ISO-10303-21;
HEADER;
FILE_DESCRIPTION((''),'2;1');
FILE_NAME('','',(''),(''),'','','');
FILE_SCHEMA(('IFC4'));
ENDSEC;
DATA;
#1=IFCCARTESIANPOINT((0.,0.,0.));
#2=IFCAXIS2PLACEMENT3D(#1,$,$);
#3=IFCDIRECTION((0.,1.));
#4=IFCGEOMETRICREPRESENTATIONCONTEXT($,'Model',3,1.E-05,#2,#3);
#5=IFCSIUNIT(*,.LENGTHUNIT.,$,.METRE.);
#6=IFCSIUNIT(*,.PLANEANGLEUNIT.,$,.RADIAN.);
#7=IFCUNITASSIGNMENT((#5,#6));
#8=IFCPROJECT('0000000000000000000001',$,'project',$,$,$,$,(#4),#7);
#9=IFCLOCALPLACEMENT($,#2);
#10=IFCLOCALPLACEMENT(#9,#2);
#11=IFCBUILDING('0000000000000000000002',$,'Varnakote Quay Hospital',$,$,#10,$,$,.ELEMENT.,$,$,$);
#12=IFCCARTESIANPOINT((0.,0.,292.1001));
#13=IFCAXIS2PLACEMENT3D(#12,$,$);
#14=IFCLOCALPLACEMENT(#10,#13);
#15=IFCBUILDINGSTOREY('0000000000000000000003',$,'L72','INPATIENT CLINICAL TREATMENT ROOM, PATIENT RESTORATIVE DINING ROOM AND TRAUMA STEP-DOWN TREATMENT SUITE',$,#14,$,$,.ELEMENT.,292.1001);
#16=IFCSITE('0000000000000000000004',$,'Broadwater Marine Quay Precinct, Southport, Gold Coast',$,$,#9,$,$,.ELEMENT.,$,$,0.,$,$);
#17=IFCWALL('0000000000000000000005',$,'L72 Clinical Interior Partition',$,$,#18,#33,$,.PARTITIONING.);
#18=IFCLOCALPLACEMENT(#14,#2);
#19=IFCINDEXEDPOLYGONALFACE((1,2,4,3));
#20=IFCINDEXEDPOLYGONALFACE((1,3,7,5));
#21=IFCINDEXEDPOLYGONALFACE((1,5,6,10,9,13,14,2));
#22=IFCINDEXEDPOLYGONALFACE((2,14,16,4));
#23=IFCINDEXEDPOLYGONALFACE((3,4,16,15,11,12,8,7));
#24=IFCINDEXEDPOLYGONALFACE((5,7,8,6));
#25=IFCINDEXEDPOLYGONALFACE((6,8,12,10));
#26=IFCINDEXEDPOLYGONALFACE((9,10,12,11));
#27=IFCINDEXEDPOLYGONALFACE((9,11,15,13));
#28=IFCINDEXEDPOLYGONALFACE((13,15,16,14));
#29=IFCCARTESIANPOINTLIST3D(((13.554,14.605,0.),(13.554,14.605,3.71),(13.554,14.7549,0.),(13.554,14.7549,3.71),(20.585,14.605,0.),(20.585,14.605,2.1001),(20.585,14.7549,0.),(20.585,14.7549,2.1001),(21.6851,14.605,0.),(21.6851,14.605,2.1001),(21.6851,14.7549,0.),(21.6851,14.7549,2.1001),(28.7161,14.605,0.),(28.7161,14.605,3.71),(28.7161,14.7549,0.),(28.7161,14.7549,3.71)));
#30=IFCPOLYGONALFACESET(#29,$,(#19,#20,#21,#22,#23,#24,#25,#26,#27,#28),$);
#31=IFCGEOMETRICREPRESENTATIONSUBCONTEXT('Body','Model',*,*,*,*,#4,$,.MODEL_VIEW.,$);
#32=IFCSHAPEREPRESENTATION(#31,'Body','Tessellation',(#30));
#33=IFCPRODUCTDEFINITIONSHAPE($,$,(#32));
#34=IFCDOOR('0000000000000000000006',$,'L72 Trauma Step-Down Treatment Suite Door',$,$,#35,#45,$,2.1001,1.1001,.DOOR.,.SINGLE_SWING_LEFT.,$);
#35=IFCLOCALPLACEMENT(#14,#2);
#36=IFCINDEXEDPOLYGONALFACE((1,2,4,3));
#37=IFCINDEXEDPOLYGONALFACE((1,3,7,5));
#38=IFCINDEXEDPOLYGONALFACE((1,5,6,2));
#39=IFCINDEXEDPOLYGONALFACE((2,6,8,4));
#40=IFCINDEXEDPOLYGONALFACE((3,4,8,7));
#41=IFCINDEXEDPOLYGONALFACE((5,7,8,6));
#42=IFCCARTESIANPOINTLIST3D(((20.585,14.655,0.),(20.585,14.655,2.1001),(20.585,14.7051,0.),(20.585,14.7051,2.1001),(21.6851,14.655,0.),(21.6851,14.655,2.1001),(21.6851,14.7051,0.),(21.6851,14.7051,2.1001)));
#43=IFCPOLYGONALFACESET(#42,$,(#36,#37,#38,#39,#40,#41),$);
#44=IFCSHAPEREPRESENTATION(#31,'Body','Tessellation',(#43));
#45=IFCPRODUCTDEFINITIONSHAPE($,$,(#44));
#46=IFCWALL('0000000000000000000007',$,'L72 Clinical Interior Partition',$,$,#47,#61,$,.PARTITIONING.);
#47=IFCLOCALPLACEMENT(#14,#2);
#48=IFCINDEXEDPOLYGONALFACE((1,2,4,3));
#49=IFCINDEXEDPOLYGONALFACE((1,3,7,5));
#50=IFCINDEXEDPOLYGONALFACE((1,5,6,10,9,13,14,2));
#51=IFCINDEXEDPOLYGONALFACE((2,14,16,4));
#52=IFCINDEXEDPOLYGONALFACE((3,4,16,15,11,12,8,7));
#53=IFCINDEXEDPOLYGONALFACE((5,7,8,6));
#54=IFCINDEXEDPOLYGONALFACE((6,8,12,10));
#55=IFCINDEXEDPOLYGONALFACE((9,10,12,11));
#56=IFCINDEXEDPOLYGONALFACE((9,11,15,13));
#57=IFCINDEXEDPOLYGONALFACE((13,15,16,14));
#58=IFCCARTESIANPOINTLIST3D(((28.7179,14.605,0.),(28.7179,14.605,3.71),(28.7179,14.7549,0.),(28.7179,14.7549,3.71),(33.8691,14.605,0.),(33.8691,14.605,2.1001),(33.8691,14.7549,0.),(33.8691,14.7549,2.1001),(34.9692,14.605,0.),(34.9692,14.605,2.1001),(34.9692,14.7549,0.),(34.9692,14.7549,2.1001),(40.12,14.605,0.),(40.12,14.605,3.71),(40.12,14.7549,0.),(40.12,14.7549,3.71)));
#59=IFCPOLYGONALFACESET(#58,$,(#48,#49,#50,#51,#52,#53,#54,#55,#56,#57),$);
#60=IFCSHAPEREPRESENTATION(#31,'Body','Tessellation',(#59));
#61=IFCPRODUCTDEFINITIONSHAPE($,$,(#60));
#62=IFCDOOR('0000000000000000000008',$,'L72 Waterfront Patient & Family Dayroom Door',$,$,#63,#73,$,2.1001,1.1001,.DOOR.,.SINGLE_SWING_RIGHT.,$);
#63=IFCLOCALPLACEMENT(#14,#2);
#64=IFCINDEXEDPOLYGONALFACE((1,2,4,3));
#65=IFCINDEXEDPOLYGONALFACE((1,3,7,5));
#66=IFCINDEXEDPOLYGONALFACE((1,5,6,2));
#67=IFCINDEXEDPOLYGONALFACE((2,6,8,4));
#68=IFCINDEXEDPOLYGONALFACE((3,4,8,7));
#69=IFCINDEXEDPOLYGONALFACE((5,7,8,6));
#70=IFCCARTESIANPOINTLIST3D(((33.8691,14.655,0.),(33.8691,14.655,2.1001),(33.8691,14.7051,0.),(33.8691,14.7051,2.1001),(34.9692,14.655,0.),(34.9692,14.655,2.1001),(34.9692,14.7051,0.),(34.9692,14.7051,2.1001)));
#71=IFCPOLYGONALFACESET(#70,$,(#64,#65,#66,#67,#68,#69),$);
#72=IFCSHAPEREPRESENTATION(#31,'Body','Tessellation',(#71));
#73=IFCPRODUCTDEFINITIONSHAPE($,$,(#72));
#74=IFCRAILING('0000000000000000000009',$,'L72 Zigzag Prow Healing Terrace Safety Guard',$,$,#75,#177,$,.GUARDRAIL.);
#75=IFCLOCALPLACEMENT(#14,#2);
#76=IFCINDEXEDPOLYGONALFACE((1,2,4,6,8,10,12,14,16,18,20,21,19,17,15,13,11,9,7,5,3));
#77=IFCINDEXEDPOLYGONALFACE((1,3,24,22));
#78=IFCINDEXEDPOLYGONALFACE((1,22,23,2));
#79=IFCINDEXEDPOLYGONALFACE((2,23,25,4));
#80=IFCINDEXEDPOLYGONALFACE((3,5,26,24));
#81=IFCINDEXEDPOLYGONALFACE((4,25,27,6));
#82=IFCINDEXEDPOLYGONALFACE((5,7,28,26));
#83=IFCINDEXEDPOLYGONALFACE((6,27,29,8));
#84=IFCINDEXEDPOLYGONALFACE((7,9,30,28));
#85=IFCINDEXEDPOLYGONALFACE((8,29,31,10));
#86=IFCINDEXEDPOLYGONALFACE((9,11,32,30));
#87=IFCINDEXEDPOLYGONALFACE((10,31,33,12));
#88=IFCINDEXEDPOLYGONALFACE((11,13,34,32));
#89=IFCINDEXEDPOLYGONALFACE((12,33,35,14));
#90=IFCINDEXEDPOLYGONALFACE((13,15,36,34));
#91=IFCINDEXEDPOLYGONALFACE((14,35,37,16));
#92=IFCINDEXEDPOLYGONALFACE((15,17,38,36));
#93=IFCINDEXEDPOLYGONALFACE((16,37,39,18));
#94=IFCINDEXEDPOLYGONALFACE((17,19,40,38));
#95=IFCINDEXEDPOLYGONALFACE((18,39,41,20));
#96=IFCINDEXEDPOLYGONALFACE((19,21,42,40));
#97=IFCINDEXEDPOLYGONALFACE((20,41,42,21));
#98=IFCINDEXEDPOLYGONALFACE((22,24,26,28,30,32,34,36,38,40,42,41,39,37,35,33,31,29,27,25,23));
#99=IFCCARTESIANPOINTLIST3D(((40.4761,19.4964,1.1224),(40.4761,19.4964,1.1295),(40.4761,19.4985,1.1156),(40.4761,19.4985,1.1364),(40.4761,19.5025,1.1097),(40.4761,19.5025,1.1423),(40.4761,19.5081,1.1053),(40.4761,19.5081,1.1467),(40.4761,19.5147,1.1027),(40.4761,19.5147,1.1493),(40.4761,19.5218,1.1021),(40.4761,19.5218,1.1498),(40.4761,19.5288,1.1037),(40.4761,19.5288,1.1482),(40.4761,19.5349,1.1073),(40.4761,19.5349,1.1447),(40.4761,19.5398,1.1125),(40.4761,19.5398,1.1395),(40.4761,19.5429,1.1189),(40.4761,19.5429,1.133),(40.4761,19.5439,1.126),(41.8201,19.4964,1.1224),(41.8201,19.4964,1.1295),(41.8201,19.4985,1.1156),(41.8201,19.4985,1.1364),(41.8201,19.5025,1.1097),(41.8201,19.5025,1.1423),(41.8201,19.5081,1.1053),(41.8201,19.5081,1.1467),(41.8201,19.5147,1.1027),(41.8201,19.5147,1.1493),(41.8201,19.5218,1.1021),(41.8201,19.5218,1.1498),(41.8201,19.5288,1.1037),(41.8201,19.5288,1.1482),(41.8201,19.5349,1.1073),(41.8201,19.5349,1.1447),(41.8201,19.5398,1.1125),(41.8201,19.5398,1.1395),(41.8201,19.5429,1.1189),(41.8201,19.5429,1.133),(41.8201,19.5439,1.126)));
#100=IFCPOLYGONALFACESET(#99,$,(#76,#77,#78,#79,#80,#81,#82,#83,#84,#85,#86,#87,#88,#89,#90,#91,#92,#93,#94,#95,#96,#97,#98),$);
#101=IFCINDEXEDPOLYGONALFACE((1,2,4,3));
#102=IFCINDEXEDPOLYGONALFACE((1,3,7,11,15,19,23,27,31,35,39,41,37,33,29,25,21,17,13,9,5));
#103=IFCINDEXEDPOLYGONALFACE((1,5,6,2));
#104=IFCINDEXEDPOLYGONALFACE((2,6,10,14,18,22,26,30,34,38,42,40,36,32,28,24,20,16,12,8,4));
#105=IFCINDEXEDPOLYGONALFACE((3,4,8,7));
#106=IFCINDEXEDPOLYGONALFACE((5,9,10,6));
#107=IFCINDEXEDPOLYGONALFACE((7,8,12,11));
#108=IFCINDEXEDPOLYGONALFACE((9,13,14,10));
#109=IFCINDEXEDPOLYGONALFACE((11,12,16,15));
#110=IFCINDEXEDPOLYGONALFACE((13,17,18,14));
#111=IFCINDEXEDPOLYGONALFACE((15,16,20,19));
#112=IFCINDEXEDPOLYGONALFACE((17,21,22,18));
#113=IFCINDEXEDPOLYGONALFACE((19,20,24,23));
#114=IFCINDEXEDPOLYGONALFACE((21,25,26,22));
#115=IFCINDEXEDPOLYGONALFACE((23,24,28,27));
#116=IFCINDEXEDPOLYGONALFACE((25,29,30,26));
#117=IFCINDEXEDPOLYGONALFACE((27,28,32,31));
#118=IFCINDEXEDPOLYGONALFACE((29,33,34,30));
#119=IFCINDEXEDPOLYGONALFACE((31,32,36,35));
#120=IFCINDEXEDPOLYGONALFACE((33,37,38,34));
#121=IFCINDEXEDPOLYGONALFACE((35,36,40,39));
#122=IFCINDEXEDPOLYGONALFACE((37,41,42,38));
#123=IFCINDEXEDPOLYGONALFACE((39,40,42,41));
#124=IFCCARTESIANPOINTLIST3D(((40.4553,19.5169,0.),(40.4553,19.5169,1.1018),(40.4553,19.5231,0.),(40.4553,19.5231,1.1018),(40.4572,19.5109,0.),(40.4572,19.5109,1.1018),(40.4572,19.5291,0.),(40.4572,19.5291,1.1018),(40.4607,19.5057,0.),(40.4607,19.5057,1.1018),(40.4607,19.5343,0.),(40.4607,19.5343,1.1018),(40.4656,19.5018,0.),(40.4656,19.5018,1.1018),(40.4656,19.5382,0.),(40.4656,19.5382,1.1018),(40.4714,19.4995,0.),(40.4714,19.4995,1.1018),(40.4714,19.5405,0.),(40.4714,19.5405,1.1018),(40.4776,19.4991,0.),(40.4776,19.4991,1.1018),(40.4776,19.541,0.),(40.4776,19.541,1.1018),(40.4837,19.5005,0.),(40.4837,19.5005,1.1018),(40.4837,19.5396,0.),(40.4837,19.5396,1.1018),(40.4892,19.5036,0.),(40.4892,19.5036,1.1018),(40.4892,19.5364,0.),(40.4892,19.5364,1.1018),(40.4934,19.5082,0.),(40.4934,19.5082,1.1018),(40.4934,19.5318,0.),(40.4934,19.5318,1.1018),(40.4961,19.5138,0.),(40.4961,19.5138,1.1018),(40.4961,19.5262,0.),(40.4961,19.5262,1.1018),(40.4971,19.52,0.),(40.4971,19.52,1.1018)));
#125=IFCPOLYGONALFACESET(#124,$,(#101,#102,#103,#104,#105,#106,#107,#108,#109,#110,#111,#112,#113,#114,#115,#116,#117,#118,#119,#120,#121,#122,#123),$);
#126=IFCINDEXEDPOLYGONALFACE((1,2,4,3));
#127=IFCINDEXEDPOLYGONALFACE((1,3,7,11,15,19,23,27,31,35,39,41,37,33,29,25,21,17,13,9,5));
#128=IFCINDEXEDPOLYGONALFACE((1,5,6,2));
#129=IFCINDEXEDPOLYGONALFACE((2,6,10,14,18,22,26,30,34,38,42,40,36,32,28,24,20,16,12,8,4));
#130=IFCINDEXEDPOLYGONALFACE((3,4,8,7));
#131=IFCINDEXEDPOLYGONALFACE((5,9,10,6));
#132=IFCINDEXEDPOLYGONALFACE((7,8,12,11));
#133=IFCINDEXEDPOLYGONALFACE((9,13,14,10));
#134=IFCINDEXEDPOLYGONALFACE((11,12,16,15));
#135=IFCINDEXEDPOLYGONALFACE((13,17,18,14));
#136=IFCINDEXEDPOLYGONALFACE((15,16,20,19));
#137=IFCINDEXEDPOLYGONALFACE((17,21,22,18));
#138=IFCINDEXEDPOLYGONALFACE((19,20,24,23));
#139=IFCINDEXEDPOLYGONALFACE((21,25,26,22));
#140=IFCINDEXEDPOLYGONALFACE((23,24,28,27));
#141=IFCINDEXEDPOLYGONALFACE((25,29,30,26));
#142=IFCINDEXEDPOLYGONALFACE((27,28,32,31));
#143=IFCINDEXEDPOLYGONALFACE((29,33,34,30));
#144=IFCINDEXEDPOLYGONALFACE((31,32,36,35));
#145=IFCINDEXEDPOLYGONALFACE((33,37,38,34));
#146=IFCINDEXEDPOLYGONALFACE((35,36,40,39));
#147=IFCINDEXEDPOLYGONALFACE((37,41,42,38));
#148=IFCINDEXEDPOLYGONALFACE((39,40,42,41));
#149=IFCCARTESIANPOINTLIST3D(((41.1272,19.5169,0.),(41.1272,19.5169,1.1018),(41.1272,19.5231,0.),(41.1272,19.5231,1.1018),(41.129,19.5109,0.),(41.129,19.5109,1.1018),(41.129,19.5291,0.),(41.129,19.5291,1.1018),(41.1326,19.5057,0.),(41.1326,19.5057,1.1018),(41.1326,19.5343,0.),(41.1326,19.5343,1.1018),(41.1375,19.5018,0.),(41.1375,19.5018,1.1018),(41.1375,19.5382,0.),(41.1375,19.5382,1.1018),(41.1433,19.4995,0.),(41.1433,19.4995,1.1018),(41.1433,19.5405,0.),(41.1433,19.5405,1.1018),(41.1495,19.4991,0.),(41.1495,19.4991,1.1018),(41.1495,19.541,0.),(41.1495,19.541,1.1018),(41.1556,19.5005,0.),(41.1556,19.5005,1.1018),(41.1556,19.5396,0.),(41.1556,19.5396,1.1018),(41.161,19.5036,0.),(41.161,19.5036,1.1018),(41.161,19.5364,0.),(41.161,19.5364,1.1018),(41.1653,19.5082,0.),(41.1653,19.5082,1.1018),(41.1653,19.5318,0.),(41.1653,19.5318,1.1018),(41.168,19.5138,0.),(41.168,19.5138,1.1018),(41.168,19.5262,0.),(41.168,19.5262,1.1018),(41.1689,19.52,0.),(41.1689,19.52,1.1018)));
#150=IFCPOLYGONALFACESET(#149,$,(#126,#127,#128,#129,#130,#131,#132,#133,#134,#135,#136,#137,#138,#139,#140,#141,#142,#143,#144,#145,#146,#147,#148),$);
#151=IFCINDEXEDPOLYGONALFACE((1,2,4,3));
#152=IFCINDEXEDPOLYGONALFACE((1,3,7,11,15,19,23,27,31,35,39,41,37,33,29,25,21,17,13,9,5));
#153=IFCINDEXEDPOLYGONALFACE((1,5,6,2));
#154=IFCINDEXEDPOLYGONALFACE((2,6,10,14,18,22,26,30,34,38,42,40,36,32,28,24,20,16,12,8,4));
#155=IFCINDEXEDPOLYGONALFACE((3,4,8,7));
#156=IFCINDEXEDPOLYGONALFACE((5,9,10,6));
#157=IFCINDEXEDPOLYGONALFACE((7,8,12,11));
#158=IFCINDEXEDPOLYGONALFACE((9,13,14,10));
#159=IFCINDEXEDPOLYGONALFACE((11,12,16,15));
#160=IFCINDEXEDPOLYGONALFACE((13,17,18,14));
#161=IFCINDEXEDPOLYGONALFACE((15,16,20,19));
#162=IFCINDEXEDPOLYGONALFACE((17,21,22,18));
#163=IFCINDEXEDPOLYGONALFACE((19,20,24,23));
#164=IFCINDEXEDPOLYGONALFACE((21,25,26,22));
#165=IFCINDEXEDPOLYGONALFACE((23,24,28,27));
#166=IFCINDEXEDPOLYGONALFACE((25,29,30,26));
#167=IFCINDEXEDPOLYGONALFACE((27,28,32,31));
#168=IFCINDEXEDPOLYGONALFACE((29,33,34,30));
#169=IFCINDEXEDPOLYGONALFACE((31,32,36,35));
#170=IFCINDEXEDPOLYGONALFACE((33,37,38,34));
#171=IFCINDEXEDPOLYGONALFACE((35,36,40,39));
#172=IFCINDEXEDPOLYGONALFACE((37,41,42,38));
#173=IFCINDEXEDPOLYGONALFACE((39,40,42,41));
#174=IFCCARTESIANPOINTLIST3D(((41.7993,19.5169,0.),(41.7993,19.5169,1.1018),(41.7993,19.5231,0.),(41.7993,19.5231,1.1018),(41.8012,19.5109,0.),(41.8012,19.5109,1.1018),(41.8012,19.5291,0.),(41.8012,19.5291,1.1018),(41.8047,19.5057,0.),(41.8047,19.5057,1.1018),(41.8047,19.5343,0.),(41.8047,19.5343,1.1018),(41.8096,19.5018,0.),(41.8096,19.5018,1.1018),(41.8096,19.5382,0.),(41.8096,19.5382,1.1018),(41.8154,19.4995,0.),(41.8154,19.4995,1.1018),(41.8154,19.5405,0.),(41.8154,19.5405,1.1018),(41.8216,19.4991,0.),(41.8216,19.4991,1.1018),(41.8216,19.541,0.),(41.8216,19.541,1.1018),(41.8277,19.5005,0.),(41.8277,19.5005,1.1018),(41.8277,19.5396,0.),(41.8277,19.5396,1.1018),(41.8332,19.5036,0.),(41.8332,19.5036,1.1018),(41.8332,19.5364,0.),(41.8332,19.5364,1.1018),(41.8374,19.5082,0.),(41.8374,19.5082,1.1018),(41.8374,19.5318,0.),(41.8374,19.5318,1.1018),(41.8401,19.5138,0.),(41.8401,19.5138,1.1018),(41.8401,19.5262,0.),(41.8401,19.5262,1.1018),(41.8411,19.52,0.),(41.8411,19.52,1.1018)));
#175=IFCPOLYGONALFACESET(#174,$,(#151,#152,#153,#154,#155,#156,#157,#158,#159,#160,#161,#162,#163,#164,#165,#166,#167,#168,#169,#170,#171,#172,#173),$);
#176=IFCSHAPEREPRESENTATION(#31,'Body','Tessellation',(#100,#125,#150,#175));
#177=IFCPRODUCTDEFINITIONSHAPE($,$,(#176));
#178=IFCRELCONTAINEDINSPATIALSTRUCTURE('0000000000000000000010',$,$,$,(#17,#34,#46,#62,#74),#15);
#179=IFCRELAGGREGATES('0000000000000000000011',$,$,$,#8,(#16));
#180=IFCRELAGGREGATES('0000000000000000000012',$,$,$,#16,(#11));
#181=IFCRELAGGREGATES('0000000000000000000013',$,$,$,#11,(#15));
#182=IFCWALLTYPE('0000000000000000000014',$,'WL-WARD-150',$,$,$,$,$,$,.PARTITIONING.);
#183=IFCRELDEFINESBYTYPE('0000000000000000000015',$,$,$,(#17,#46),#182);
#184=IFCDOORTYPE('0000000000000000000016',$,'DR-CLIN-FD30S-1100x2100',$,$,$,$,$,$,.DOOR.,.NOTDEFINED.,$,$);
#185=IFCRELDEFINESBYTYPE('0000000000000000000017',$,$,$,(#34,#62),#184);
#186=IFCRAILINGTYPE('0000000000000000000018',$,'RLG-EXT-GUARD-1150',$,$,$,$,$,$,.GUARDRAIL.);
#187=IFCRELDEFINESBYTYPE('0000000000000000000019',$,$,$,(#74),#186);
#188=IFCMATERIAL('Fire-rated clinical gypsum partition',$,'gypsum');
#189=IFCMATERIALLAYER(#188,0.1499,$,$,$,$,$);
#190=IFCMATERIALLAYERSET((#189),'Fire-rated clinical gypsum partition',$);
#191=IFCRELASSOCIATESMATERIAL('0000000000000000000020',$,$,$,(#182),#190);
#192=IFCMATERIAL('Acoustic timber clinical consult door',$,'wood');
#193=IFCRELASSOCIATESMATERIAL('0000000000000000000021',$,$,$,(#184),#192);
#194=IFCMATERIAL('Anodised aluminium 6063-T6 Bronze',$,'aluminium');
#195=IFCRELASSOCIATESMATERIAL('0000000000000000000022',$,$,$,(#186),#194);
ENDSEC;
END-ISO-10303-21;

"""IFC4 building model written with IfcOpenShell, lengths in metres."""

from ifc_helpers import new_model, si_unit, direction, frame, frame_2d, origin, origin_2d, place, context, subcontext, project, spatial, rectangle, circle, extrude, material, layer, layer_set, type_object, element, fill, save


model = new_model("IFC4")

# Units and contexts
model_context = context("Model", 3, precision=1e-05, world=origin(), true_north=direction((0.0, 1.0)))
body_context = subcontext(model_context, "Body", "Model", "MODEL_VIEW")
ifc_project = project(units=[si_unit("LENGTHUNIT", "METRE"), si_unit("PLANEANGLEUNIT", "RADIAN")], contexts=[model_context])

# Site, building, storey
site_placement = place(None, origin())
site = spatial("IfcSite", under=ifc_project, at=site_placement, Name="Broadwater Marine Quay Precinct, Southport, Gold Coast", CompositionType="ELEMENT", RefElevation=0.0)
building_placement = place(site_placement, origin())
building = spatial("IfcBuilding", under=site, at=building_placement, Name="Varnakote Quay Hospital", CompositionType="ELEMENT")
storey_placement = place(building_placement, frame((0.0, 0.0, 292.1001)))
storey = spatial("IfcBuildingStorey", under=building, at=storey_placement, Name="L72", Description="INPATIENT CLINICAL TREATMENT ROOM, PATIENT RESTORATIVE DINING ROOM AND TRAUMA STEP-DOWN TREATMENT SUITE", CompositionType="ELEMENT", Elevation=292.1001)

# Walls, openings, doors
ifc_material_1 = material(Name="Fire-rated clinical gypsum partition", Category="gypsum")
ifc_layer_1 = layer(ifc_material_1, 0.1499)
ifc_layer_set_1 = layer_set([ifc_layer_1], Name="Fire-rated clinical gypsum partition")
wall_type_1 = type_object("IfcWallType", Name="WL-WARD-150", PredefinedType="PARTITIONING", material=ifc_layer_set_1)
ifc_material_2 = material(Name="Acoustic timber clinical consult door", Category="wood")
door_type_1 = type_object("IfcDoorType", Name="DR-CLIN-FD30S-1100x2100", OperationType="NOTDEFINED", PredefinedType="DOOR", material=ifc_material_2)
wall_1_placement = place(storey_placement, frame((28.7161, 14.6799, 0.0), z_axis=(0.0, 0.0, 1.0), x_axis=(-1.0, 0.0, 0.0)))
wall_1 = element("IfcWall", 1, at=wall_1_placement, inside=storey, type_object=wall_type_1, Name="L72 Clinical Interior Partition", PredefinedType="PARTITIONING", context=body_context, shape_type="SweptSolid", body=[
    extrude(rectangle(XDim=15.1621, YDim=0.1499, at=frame_2d((7.5811, 0.0))), origin(), (0.0, 0.0, 1.0), 3.71),
])
opening_1_placement = place(wall_1_placement, frame((7.031, 0.0, 0.0)))
opening_1 = element("IfcOpeningElement", 2, at=opening_1_placement, cuts=wall_1, PredefinedType="OPENING", context=body_context, shape_type="SweptSolid", body=[
    extrude(rectangle(XDim=1.1001, YDim=2.1001, at=frame_2d((0.55, 1.05))), frame((0.0, 0.085, 0.0), z_axis=(0.0, -1.0, 0.0), x_axis=(1.0, 0.0, 0.0)), (0.0, 0.0, 1.0), 0.1699),
])
door_1_placement = place(opening_1_placement, origin())
door_1 = element("IfcDoor", 3, at=door_1_placement, inside=storey, type_object=door_type_1, Name="L72 Trauma Step-Down Treatment Suite Door", OperationType="SINGLE_SWING_LEFT", OverallHeight=2.1001, OverallWidth=1.1001, PredefinedType="DOOR", context=body_context, shape_type="SweptSolid", body=[
    extrude(rectangle(XDim=1.1001, YDim=2.1001, at=frame_2d((0.55, 1.05))), frame((0.0, 0.0249, 0.0), z_axis=(0.0, -1.0, 0.0), x_axis=(1.0, 0.0, 0.0)), (0.0, 0.0, 1.0), 0.05),
])
fill(opening_1, door_1)
wall_2_placement = place(storey_placement, frame((40.1201, 14.6799, 0.0), z_axis=(0.0, 0.0, 1.0), x_axis=(-1.0, 0.0, 0.0)))
wall_2 = element("IfcWall", 4, at=wall_2_placement, inside=storey, type_object=wall_type_1, Name="L72 Clinical Interior Partition", PredefinedType="PARTITIONING", context=body_context, shape_type="SweptSolid", body=[
    extrude(rectangle(XDim=11.4021, YDim=0.1499, at=frame_2d((5.7012, 0.0))), origin(), (0.0, 0.0, 1.0), 3.71),
])
opening_2_placement = place(wall_2_placement, frame((5.1509, 0.0, 0.0)))
opening_2 = element("IfcOpeningElement", 5, at=opening_2_placement, cuts=wall_2, PredefinedType="OPENING", context=body_context, shape_type="SweptSolid", body=[
    extrude(rectangle(XDim=1.1001, YDim=2.1001, at=frame_2d((0.55, 1.05))), frame((0.0, 0.085, 0.0), z_axis=(0.0, -1.0, 0.0), x_axis=(1.0, 0.0, 0.0)), (0.0, 0.0, 1.0), 0.1699),
])
door_2_placement = place(opening_2_placement, origin())
door_2 = element("IfcDoor", 6, at=door_2_placement, inside=storey, type_object=door_type_1, Name="L72 Waterfront Patient & Family Dayroom Door", OperationType="SINGLE_SWING_RIGHT", OverallHeight=2.1001, OverallWidth=1.1001, PredefinedType="DOOR", context=body_context, shape_type="SweptSolid", body=[
    extrude(rectangle(XDim=1.1001, YDim=2.1001, at=frame_2d((0.55, 1.05))), frame((0.0, 0.0249, 0.0), z_axis=(0.0, -1.0, 0.0), x_axis=(1.0, 0.0, 0.0)), (0.0, 0.0, 1.0), 0.05),
])
fill(opening_2, door_2)

# Railing
ifc_material_3 = material(Name="Anodised aluminium 6063-T6 Bronze", Category="aluminium")
railing_type = type_object("IfcRailingType", Name="RLG-EXT-GUARD-1150", PredefinedType="GUARDRAIL", material=ifc_material_3)
railing_1_placement = place(storey_placement, frame((40.4761, 19.52, 0.0)))
element("IfcRailing", 7, at=railing_1_placement, inside=storey, type_object=railing_type, Name="L72 Zigzag Prow Healing Terrace Safety Guard", PredefinedType="GUARDRAIL", context=body_context, shape_type="SweptSolid", body=[
    extrude(circle(Radius=0.0239, at=origin_2d()), frame((0.0, 0.0, 1.126), z_axis=(1.0, 0.0, 0.0), x_axis=(0.0, 1.0, 0.0)), (0.0, 0.0, 1.0), 1.344),
    extrude(circle(Radius=0.021, at=origin_2d()), origin(), (0.0, 0.0, 1.0), 1.1018),
    extrude(circle(Radius=0.021, at=origin_2d()), frame((0.6719, 0.0, 0.0)), (0.0, 0.0, 1.0), 1.1018),
    extrude(circle(Radius=0.021, at=origin_2d()), frame((1.344, 0.0, 0.0)), (0.0, 0.0, 1.0), 1.1018),
])

save(model, "model.ifc")
